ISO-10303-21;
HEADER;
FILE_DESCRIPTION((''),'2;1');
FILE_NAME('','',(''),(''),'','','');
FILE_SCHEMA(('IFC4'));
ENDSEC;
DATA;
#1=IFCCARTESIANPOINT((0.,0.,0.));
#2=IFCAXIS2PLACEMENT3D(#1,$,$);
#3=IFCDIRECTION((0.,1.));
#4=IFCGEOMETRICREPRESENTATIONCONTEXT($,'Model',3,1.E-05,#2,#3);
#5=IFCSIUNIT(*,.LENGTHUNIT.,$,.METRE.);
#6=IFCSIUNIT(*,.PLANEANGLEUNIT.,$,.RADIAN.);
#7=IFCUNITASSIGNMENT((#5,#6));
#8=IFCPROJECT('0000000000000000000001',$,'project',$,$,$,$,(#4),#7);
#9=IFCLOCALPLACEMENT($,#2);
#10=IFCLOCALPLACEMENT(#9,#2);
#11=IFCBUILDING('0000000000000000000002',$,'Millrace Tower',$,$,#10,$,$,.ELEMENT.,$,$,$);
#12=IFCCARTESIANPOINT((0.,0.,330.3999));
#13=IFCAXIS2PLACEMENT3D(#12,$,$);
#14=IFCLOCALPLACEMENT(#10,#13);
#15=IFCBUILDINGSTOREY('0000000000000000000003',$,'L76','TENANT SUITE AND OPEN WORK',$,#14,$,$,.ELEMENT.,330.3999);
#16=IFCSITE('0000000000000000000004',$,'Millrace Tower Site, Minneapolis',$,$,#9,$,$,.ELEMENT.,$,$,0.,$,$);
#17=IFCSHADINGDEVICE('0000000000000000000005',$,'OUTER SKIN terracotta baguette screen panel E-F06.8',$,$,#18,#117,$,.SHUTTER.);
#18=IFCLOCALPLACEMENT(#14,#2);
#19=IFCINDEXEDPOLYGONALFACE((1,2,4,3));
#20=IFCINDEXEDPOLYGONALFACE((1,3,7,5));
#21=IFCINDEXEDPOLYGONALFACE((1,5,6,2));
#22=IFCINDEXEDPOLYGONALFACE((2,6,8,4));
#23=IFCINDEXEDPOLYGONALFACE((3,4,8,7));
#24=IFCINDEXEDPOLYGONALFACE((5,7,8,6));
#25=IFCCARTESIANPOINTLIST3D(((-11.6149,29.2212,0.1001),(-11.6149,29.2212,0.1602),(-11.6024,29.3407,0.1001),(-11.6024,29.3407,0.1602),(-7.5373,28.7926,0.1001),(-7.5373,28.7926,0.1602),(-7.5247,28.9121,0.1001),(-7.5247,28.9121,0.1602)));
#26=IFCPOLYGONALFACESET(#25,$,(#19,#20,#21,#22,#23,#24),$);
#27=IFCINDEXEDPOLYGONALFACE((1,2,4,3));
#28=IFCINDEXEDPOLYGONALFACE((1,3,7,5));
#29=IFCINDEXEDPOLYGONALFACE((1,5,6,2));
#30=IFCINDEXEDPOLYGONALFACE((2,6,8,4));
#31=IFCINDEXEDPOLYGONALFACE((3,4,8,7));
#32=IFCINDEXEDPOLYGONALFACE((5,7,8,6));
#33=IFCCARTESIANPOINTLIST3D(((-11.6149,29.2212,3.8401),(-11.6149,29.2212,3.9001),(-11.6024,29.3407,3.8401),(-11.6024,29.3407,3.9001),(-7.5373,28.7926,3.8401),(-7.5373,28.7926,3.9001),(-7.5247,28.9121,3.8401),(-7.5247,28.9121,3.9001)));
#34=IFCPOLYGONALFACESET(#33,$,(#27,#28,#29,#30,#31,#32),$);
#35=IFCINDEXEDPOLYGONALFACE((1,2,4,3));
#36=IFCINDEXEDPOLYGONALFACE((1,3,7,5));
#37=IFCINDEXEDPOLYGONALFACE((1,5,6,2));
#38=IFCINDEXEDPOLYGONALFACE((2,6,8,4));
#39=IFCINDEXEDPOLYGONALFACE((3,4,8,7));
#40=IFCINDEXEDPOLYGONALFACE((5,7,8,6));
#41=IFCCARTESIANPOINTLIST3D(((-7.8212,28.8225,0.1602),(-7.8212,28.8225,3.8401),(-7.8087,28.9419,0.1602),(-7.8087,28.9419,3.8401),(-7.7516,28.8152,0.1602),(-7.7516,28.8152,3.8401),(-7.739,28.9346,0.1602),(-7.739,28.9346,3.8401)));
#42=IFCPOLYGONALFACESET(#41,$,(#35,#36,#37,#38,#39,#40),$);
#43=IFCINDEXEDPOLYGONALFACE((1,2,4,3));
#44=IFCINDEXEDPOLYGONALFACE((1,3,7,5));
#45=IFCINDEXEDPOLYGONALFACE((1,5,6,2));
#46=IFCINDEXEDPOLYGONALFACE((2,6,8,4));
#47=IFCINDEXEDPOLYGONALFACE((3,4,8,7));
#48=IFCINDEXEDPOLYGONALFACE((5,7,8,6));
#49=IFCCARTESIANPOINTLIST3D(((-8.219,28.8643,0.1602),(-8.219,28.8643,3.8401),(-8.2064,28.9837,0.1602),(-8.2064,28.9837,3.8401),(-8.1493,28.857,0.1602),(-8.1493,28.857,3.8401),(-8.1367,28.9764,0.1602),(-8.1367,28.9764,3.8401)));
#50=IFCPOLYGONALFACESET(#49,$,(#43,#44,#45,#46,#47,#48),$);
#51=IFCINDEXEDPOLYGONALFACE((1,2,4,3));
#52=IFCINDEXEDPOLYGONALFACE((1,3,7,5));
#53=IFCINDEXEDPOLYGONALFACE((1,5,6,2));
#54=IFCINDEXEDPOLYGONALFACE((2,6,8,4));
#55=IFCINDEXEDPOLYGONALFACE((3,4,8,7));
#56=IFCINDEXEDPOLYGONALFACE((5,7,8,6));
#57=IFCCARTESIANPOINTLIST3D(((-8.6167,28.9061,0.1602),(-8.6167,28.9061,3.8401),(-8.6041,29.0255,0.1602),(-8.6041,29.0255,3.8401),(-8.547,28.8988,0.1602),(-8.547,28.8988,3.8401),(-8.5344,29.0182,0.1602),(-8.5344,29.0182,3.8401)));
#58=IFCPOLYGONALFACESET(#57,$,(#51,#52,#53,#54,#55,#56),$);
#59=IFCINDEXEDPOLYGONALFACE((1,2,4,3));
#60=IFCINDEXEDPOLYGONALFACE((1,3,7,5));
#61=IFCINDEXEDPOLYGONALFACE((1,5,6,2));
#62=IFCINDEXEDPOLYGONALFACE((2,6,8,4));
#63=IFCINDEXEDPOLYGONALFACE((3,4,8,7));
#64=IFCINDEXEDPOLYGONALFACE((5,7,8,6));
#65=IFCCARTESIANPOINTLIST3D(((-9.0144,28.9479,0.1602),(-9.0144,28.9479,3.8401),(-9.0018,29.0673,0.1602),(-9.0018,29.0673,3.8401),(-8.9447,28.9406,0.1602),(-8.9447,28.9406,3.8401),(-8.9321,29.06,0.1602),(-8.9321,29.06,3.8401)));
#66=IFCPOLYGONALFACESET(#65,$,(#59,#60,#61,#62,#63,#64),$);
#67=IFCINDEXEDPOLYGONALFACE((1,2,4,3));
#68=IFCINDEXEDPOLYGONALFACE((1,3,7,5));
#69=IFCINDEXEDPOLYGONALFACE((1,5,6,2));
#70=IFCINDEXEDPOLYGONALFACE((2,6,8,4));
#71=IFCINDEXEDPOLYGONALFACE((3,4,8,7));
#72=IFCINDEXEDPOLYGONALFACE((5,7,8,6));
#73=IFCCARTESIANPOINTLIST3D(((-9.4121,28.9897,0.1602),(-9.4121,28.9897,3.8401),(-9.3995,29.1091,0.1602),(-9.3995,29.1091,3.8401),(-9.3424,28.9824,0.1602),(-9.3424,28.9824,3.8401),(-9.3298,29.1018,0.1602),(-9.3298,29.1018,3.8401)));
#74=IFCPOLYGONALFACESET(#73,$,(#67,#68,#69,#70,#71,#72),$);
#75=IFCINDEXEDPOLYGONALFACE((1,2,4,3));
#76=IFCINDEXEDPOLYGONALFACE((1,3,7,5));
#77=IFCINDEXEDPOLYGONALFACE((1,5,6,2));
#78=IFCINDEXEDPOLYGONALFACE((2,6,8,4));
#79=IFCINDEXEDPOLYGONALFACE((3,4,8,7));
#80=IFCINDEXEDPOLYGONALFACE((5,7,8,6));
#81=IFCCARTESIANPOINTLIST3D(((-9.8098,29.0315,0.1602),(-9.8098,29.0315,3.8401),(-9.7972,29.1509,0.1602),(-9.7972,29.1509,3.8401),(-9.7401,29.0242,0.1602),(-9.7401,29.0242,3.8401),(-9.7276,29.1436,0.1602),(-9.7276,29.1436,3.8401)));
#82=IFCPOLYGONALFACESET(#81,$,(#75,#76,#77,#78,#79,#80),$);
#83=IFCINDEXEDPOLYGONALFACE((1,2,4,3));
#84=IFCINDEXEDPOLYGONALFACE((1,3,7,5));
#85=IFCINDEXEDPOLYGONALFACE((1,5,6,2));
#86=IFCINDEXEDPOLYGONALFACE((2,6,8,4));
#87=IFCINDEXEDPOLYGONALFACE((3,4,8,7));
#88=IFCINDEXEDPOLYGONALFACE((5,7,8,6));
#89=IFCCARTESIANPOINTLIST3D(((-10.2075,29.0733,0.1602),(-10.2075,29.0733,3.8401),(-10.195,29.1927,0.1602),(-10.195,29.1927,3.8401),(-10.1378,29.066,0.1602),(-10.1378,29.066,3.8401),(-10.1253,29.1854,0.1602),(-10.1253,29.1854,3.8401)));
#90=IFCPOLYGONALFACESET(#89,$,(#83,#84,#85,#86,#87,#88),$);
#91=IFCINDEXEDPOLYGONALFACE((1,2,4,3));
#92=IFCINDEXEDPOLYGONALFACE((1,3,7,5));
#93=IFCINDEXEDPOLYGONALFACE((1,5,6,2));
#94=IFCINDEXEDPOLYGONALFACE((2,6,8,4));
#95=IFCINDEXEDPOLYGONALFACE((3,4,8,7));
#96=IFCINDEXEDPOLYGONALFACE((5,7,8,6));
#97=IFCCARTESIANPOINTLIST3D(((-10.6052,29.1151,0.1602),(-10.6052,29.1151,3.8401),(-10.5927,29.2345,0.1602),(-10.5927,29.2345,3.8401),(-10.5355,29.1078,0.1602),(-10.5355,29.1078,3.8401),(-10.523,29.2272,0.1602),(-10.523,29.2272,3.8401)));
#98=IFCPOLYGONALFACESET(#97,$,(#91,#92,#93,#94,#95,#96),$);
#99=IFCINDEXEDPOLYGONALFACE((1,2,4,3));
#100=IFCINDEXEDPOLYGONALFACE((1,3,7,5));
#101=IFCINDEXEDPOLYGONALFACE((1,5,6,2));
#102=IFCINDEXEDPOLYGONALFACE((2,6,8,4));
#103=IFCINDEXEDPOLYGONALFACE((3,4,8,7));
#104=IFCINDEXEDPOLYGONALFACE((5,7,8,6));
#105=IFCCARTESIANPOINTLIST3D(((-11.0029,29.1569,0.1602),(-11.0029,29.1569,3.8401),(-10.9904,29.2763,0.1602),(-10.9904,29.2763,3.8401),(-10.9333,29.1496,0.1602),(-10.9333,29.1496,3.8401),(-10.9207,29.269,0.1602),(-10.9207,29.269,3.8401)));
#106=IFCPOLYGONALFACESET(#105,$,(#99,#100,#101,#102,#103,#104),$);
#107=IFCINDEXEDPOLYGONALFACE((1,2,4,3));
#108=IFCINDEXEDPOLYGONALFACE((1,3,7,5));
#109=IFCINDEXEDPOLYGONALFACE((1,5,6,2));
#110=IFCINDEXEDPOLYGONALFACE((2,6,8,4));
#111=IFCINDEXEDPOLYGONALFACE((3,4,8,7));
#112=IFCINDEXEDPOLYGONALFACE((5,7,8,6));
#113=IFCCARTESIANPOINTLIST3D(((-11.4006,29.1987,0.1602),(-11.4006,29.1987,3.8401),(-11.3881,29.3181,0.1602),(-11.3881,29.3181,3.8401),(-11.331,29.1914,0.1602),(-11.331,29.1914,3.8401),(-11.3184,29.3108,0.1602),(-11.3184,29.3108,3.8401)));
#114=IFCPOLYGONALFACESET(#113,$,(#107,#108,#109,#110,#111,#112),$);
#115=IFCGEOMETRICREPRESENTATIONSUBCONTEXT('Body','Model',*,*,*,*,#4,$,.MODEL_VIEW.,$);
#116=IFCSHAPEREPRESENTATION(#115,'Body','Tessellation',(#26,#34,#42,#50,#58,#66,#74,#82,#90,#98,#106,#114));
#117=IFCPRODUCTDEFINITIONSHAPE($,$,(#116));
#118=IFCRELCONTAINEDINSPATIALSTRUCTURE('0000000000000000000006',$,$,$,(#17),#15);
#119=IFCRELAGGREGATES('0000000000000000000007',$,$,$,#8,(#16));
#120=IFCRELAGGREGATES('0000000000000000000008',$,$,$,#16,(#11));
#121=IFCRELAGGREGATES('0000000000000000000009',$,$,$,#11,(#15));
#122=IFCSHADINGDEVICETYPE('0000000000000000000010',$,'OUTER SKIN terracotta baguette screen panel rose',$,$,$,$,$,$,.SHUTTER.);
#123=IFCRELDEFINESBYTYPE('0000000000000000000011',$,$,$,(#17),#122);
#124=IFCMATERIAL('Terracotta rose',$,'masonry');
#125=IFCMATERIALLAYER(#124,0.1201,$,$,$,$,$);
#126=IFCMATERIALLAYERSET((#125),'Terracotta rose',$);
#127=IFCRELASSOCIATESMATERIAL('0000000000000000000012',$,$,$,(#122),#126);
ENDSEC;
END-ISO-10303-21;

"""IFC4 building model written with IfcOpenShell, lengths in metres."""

from ifc_helpers import new_model, entity, si_unit, direction, frame, frame_2d, origin, place, context, subcontext, project, spatial, rectangle, extrude, source, transform, mapped, material, layer, layer_set, type_object, element, save


model = new_model("IFC4")

# Units and contexts
model_context = context("Model", 3, precision=1e-05, world=origin(), true_north=direction((0.0, 1.0)))
body_context = subcontext(model_context, "Body", "Model", "MODEL_VIEW")
ifc_project = project(units=[si_unit("LENGTHUNIT", "METRE"), si_unit("PLANEANGLEUNIT", "RADIAN")], contexts=[model_context])

# Site, building, storey
site_placement = place(None, origin())
site = spatial("IfcSite", under=ifc_project, at=site_placement, Name="Millrace Tower Site, Minneapolis", CompositionType="ELEMENT", RefElevation=0.0)
building_placement = place(site_placement, origin())
building = spatial("IfcBuilding", under=site, at=building_placement, Name="Millrace Tower", CompositionType="ELEMENT")
storey_placement = place(building_placement, frame((0.0, 0.0, 330.3999)))
storey = spatial("IfcBuildingStorey", under=building, at=storey_placement, Name="L76", Description="TENANT SUITE AND OPEN WORK", CompositionType="ELEMENT", Elevation=330.3999)

# Shading device
ifc_material_1 = material(Name="Terracotta rose", Category="masonry")
ifc_layer_1 = layer(ifc_material_1, 0.1201)
ifc_layer_set_1 = layer_set([ifc_layer_1], Name="Terracotta rose")
shading_device_type = type_object("IfcShadingDeviceType", Name="OUTER SKIN terracotta baguette screen panel rose", PredefinedType="SHUTTER", material=ifc_layer_set_1)
cartesian_point_1 = entity("IfcCartesianPoint", [-2.05, 0.0601])
shared_polyline_1 = entity("IfcPolyline", [cartesian_point_1, entity("IfcCartesianPoint", [2.05, 0.0601]), entity("IfcCartesianPoint", [2.05, -0.0601]), entity("IfcCartesianPoint", [-2.05, -0.0601]), cartesian_point_1])
shared_shape_1 = source(origin(), body_context, "Body", "SweptSolid", [
    entity("IfcExtrudedAreaSolid", entity("IfcArbitraryClosedProfileDef", "AREA", None, shared_polyline_1), entity("IfcAxis2Placement3D", entity("IfcCartesianPoint", [0.0, 0.0, 0.0])), entity("IfcDirection", [0.0, 0.0, 1.0]), 0.0601),
    entity("IfcExtrudedAreaSolid", entity("IfcArbitraryClosedProfileDef", "AREA", None, shared_polyline_1), entity("IfcAxis2Placement3D", entity("IfcCartesianPoint", [0.0, 0.0, 3.74])), entity("IfcDirection", [0.0, 0.0, 1.0]), 0.0601),
    extrude(rectangle(XDim=0.0701, YDim=0.1201, at=frame_2d((-1.7996, 0.0))), frame((0.0, 0.0, 0.0601)), (0.0, 0.0, 1.0), 3.6799),
    extrude(rectangle(XDim=0.0701, YDim=0.1201, at=frame_2d((-1.3997, 0.0))), frame((0.0, 0.0, 0.0601)), (0.0, 0.0, 1.0), 3.6799),
    extrude(rectangle(XDim=0.0701, YDim=0.1201, at=frame_2d((-0.9998, 0.0))), frame((0.0, 0.0, 0.0601)), (0.0, 0.0, 1.0), 3.6799),
    extrude(rectangle(XDim=0.0701, YDim=0.1201, at=frame_2d((-0.5999, 0.0))), frame((0.0, 0.0, 0.0601)), (0.0, 0.0, 1.0), 3.6799),
    extrude(rectangle(XDim=0.0701, YDim=0.1201, at=frame_2d((-0.2, 0.0))), frame((0.0, 0.0, 0.0601)), (0.0, 0.0, 1.0), 3.6799),
    extrude(rectangle(XDim=0.0701, YDim=0.1201, at=frame_2d((0.2, 0.0))), frame((0.0, 0.0, 0.0601)), (0.0, 0.0, 1.0), 3.6799),
    extrude(rectangle(XDim=0.0701, YDim=0.1201, at=frame_2d((0.5999, 0.0))), frame((0.0, 0.0, 0.0601)), (0.0, 0.0, 1.0), 3.6799),
    extrude(rectangle(XDim=0.0701, YDim=0.1201, at=frame_2d((0.9998, 0.0))), frame((0.0, 0.0, 0.0601)), (0.0, 0.0, 1.0), 3.6799),
    extrude(rectangle(XDim=0.0701, YDim=0.1201, at=frame_2d((1.3997, 0.0))), frame((0.0, 0.0, 0.0601)), (0.0, 0.0, 1.0), 3.6799),
    extrude(rectangle(XDim=0.0701, YDim=0.1201, at=frame_2d((1.7996, 0.0))), frame((0.0, 0.0, 0.0601)), (0.0, 0.0, 1.0), 3.6799),
])
for number, where, z_axis, x_axis, name in (
    (1, (-9.5698, 29.0667, 0.1001), (0.0, 0.0, 1.0), (-0.994522, 0.104528, 0.0), "OUTER SKIN terracotta baguette screen panel E-F06.8"),
):
    element("IfcShadingDevice", number, at=place(storey_placement, frame(where, z_axis=z_axis, x_axis=x_axis)), inside=storey, type_object=shading_device_type, Name=name, PredefinedType="SHUTTER", context=body_context, shape_type="MappedRepresentation", body=[
        mapped(shared_shape_1, transform((0.0, 0.0, 0.0), scale=1.0)),
    ])

save(model, "model.ifc")
